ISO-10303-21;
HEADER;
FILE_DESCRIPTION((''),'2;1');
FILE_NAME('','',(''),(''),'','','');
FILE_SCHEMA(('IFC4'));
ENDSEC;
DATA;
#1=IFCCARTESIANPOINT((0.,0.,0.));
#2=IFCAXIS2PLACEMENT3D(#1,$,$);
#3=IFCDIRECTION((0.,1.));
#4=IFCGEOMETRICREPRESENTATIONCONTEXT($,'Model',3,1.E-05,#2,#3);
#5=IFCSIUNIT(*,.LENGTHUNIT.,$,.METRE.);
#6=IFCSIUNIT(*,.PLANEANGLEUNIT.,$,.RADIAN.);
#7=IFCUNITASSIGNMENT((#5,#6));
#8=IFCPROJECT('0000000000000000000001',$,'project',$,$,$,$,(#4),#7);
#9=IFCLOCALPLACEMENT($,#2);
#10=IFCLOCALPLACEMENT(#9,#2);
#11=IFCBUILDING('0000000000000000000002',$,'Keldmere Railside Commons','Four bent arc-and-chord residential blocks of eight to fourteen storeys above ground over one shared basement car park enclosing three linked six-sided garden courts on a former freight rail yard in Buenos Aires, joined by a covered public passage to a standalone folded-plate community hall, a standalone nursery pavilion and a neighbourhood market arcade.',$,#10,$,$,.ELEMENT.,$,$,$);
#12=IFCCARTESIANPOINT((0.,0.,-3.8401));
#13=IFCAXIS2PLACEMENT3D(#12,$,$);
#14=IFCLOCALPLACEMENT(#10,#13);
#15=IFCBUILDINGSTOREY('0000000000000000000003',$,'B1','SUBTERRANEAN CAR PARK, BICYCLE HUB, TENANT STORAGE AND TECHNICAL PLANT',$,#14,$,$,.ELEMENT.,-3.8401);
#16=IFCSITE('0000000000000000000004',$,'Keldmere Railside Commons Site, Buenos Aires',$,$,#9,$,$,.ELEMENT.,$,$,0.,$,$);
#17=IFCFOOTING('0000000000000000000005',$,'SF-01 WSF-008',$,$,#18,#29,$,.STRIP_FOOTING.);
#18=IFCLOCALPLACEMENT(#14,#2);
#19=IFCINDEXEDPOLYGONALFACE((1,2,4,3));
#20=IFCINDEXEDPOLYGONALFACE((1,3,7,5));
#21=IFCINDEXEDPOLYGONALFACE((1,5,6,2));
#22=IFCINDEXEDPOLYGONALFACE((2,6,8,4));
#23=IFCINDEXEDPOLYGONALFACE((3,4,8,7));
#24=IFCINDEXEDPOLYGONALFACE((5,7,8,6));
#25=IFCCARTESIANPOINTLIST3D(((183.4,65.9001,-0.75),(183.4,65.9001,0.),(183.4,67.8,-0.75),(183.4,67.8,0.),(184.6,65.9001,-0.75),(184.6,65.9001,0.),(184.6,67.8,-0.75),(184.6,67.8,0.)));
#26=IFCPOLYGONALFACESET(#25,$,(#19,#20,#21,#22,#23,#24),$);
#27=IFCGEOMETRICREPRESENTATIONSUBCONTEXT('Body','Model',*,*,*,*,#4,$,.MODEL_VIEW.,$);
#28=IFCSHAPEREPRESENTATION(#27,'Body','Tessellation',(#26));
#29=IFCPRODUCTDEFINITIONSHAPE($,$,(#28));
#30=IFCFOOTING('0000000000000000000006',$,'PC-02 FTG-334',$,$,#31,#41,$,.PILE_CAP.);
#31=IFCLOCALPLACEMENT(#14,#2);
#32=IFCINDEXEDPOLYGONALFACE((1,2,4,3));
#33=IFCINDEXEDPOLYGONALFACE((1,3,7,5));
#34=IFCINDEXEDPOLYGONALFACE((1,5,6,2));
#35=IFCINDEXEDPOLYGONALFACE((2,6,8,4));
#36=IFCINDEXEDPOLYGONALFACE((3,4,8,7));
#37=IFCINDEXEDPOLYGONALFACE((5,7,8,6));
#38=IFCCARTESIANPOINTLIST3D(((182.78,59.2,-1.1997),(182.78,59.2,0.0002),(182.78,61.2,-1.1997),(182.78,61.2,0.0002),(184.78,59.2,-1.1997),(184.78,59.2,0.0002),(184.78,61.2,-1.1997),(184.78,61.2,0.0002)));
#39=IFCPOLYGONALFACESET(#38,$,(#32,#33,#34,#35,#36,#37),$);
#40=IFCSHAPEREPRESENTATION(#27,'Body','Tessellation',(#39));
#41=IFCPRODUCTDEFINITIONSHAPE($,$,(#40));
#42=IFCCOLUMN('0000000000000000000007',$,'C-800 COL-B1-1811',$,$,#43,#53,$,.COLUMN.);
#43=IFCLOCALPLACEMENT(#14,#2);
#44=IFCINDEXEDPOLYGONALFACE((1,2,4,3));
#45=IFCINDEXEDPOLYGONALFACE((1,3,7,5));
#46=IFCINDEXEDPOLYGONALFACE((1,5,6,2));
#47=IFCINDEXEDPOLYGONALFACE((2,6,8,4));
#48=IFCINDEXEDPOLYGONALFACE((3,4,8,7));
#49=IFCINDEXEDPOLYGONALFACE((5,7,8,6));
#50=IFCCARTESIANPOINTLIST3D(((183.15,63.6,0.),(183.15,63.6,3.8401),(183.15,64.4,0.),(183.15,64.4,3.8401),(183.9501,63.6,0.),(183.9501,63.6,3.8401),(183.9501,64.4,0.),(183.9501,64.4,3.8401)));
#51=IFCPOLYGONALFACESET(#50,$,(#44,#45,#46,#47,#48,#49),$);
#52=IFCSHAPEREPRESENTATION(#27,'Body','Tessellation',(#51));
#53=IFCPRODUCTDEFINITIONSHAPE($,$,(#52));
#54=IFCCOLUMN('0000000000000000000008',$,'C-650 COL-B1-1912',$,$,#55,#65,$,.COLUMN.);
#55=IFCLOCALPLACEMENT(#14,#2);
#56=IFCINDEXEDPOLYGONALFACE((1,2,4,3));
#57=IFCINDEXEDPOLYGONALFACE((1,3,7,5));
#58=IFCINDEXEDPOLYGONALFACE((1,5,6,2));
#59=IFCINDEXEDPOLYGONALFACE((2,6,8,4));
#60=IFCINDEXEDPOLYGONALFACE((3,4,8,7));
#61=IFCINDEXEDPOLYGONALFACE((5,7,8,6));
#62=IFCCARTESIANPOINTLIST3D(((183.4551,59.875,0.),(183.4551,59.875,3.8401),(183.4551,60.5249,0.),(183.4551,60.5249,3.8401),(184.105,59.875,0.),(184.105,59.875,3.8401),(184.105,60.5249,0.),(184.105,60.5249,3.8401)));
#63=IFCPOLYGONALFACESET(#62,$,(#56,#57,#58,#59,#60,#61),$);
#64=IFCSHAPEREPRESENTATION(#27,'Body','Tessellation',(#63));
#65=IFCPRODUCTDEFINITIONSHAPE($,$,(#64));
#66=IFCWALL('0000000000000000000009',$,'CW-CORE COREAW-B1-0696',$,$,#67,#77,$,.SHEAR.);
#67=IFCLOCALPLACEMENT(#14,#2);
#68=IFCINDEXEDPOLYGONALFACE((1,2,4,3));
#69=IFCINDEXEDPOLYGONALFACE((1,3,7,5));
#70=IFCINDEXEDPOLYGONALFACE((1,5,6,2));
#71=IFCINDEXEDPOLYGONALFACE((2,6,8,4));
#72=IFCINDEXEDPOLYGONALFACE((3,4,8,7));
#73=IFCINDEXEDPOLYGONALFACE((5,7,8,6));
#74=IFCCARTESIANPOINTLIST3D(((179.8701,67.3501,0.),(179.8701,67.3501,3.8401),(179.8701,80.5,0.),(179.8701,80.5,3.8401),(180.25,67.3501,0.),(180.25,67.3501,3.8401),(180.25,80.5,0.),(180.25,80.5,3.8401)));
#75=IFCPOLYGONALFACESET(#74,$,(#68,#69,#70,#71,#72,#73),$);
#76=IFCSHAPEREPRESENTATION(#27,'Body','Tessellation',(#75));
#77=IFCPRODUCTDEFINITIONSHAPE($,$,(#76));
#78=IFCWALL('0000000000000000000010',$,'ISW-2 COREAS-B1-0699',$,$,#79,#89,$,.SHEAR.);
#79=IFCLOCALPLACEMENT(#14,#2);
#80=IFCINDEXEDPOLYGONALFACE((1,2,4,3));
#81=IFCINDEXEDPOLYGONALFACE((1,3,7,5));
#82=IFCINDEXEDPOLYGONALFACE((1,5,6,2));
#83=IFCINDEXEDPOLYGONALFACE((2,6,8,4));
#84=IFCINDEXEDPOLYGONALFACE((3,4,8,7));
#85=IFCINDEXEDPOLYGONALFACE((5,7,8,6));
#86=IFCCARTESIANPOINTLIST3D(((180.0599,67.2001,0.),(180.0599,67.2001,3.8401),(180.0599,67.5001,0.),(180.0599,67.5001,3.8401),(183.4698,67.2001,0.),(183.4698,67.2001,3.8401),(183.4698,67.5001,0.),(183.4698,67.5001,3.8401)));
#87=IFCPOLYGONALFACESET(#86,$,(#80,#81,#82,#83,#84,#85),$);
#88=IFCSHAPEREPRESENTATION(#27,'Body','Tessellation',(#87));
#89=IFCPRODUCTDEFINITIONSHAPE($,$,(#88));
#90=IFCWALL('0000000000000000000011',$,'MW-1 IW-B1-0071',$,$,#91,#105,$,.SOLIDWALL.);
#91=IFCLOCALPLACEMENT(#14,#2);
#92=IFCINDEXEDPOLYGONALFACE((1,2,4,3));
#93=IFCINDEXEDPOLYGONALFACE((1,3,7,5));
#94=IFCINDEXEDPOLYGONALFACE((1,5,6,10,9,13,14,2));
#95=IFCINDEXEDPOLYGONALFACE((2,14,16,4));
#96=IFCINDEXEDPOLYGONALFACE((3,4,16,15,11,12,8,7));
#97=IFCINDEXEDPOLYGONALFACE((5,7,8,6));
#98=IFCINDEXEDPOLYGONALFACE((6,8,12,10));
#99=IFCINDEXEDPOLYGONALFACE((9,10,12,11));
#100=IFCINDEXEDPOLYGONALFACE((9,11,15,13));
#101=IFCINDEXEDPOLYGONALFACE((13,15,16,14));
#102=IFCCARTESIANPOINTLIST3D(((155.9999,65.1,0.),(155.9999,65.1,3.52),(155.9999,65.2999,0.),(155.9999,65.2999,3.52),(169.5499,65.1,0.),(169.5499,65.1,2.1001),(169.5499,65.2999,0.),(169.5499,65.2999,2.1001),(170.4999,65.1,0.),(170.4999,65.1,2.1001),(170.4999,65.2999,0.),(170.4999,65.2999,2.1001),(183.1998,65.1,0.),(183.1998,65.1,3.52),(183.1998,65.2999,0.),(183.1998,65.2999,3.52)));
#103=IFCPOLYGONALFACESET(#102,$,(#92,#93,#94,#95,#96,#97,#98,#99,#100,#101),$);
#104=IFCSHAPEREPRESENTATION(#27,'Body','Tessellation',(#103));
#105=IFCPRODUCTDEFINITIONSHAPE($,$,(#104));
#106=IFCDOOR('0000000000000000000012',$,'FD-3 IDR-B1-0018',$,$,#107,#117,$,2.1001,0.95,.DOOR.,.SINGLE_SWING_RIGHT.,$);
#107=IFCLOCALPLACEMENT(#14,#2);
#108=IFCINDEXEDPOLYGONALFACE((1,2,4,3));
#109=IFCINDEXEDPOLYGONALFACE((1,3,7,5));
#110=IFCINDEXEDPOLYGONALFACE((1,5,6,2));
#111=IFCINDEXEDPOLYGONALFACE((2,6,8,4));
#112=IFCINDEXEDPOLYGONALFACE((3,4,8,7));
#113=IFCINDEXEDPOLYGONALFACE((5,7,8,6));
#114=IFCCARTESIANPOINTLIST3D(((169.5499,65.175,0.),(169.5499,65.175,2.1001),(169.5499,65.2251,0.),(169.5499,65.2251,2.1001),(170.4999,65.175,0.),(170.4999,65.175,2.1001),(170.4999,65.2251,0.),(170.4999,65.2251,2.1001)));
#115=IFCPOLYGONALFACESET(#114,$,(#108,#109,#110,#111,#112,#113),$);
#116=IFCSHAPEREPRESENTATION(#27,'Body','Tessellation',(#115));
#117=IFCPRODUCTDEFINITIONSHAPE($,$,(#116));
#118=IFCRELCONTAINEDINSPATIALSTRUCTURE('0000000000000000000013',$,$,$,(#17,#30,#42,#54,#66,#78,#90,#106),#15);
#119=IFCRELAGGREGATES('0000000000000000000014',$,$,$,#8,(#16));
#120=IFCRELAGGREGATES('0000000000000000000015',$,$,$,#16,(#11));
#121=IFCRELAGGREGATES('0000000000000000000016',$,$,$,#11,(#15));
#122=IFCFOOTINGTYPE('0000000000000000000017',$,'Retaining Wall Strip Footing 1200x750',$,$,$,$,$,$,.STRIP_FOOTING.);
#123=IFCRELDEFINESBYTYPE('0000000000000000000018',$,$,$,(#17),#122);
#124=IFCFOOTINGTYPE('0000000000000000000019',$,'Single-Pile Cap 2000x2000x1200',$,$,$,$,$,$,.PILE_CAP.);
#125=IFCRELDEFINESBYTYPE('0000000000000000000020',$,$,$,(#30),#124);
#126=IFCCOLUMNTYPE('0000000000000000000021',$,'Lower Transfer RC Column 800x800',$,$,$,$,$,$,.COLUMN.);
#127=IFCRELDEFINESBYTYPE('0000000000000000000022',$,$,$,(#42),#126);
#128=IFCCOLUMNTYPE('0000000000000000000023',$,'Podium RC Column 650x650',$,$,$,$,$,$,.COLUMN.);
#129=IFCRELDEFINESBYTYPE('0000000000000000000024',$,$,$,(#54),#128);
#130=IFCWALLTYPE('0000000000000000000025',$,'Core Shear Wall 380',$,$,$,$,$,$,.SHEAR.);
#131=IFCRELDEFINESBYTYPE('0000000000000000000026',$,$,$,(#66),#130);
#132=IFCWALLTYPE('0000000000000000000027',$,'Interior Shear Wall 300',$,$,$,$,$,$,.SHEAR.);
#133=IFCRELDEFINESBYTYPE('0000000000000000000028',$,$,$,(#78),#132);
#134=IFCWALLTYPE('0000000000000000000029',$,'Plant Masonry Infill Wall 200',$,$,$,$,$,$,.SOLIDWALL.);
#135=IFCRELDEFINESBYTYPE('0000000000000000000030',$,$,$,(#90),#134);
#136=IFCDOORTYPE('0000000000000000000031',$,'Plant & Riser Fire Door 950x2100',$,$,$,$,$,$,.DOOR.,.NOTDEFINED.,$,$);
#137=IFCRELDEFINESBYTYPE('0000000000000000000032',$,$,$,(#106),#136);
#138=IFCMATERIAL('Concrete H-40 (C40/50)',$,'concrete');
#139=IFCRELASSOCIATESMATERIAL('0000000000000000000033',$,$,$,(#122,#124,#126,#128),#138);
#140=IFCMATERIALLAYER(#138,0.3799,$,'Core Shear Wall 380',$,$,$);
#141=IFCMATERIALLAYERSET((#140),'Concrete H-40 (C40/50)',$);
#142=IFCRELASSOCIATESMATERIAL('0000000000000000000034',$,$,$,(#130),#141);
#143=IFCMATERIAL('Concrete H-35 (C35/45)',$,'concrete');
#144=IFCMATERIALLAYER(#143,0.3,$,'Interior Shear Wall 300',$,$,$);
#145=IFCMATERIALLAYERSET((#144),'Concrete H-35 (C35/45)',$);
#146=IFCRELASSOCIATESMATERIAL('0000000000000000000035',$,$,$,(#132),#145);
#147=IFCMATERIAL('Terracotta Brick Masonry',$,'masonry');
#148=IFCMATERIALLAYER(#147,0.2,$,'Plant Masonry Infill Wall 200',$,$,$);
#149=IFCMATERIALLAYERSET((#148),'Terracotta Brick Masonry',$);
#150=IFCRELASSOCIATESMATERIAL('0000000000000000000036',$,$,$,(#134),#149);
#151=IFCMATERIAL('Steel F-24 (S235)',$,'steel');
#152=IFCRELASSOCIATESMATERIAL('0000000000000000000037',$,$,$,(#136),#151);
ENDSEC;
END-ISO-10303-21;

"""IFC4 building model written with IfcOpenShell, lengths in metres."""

from ifc_helpers import new_model, si_unit, direction, frame, frame_2d, origin, origin_2d, place, context, subcontext, project, spatial, rectangle, extrude, material, layer, layer_set, material_profile, profile_set, type_object, element, fill, save


model = new_model("IFC4")

# Units and contexts
model_context = context("Model", 3, precision=1e-05, world=origin(), true_north=direction((0.0, 1.0)))
body_context = subcontext(model_context, "Body", "Model", "MODEL_VIEW")
ifc_project = project(units=[si_unit("LENGTHUNIT", "METRE"), si_unit("PLANEANGLEUNIT", "RADIAN")], contexts=[model_context])

# Site, building, storey
site_placement = place(None, origin())
site = spatial("IfcSite", under=ifc_project, at=site_placement, Name="Keldmere Railside Commons Site, Buenos Aires", CompositionType="ELEMENT", RefElevation=0.0)
building_placement = place(site_placement, origin())
building = spatial("IfcBuilding", under=site, at=building_placement, Name="Keldmere Railside Commons", Description="Four bent arc-and-chord residential blocks of eight to fourteen storeys above ground over one shared basement car park enclosing three linked six-sided garden courts on a former freight rail yard in Buenos Aires, joined by a covered public passage to a standalone folded-plate community hall, a standalone nursery pavilion and a neighbourhood market arcade.", CompositionType="ELEMENT")
storey_placement = place(building_placement, frame((0.0, 0.0, -3.8401)))
storey = spatial("IfcBuildingStorey", under=building, at=storey_placement, Name="B1", Description="SUBTERRANEAN CAR PARK, BICYCLE HUB, TENANT STORAGE AND TECHNICAL PLANT", CompositionType="ELEMENT", Elevation=-3.8401)

# Footings
ifc_material_1 = material(Name="Concrete H-40 (C40/50)", Category="concrete")
footing_type_1 = type_object("IfcFootingType", Name="Retaining Wall Strip Footing 1200x750", PredefinedType="STRIP_FOOTING", material=ifc_material_1)
footing_1_placement = place(storey_placement, frame((184.0, 66.8501, -0.75), z_axis=(0.0, 0.0, 1.0), x_axis=(0.0, 1.0, 0.0)))
element("IfcFooting", 1, at=footing_1_placement, inside=storey, type_object=footing_type_1, Name="SF-01 WSF-008", PredefinedType="STRIP_FOOTING", context=body_context, shape_type="SweptSolid", body=[
    extrude(rectangle(XDim=1.8999, YDim=1.2, at=origin_2d()), origin(), (0.0, 0.0, 1.0), 0.75),
])
footing_type_2 = type_object("IfcFootingType", Name="Single-Pile Cap 2000x2000x1200", PredefinedType="PILE_CAP", material=ifc_material_1)
footing_2_placement = place(storey_placement, frame((183.78, 60.2, -1.1997), z_axis=(0.0, 0.0, 1.0), x_axis=(1.0, 0.0, 0.0)))
element("IfcFooting", 2, at=footing_2_placement, inside=storey, type_object=footing_type_2, Name="PC-02 FTG-334", PredefinedType="PILE_CAP", context=body_context, shape_type="SweptSolid", body=[
    extrude(rectangle(XDim=2.0, YDim=2.0, at=origin_2d()), origin(), (0.0, 0.0, 1.0), 1.2),
])

# Columns
ifc_material_profile_1 = material_profile(ifc_material_1, rectangle(XDim=0.8, YDim=0.8, at=origin_2d()), Name="RC-800x800")
ifc_profile_set_1 = profile_set([ifc_material_profile_1], Name="Concrete H-40 (C40/50)")
column_type_1 = type_object("IfcColumnType", Name="Lower Transfer RC Column 800x800", PredefinedType="COLUMN", material=ifc_profile_set_1)
column_1_placement = place(storey_placement, frame((183.55, 64.0, 0.0), z_axis=(0.0, 0.0, 1.0), x_axis=(1.0, 0.0, 0.0)))
element("IfcColumn", 3, at=column_1_placement, inside=storey, type_object=column_type_1, Name="C-800 COL-B1-1811", PredefinedType="COLUMN", context=body_context, shape_type="SweptSolid", body=[
    extrude(rectangle(XDim=0.8, YDim=0.8, at=origin_2d()), origin(), (0.0, 0.0, 1.0), 3.8401),
])
ifc_material_profile_2 = material_profile(ifc_material_1, rectangle(XDim=0.6499, YDim=0.6499, at=origin_2d()), Name="RC-650x650")
ifc_profile_set_2 = profile_set([ifc_material_profile_2], Name="Concrete H-40 (C40/50)")
column_type_2 = type_object("IfcColumnType", Name="Podium RC Column 650x650", PredefinedType="COLUMN", material=ifc_profile_set_2)
column_2_placement = place(storey_placement, frame((183.78, 60.2, 0.0), z_axis=(0.0, 0.0, 1.0), x_axis=(1.0, 0.0, 0.0)))
element("IfcColumn", 4, at=column_2_placement, inside=storey, type_object=column_type_2, Name="C-650 COL-B1-1912", PredefinedType="COLUMN", context=body_context, shape_type="SweptSolid", body=[
    extrude(rectangle(XDim=0.6499, YDim=0.6499, at=origin_2d()), origin(), (0.0, 0.0, 1.0), 3.8401),
])

# Walls
ifc_layer_1 = layer(ifc_material_1, 0.3799, Name="Core Shear Wall 380")
ifc_layer_set_1 = layer_set([ifc_layer_1], Name="Concrete H-40 (C40/50)")
wall_type_1 = type_object("IfcWallType", Name="Core Shear Wall 380", PredefinedType="SHEAR", material=ifc_layer_set_1)
wall_1_placement = place(storey_placement, frame((180.0601, 67.3501, 0.0), z_axis=(0.0, 0.0, 1.0), x_axis=(0.0, 1.0, 0.0)))
element("IfcWall", 5, at=wall_1_placement, inside=storey, type_object=wall_type_1, Name="CW-CORE COREAW-B1-0696", PredefinedType="SHEAR", context=body_context, shape_type="SweptSolid", body=[
    extrude(rectangle(XDim=13.1499, YDim=0.3799, at=frame_2d((6.575, 0.0))), origin(), (0.0, 0.0, 1.0), 3.8401),
])
ifc_material_2 = material(Name="Concrete H-35 (C35/45)", Category="concrete")
ifc_layer_2 = layer(ifc_material_2, 0.3, Name="Interior Shear Wall 300")
ifc_layer_set_2 = layer_set([ifc_layer_2], Name="Concrete H-35 (C35/45)")
wall_type_2 = type_object("IfcWallType", Name="Interior Shear Wall 300", PredefinedType="SHEAR", material=ifc_layer_set_2)
wall_2_placement = place(storey_placement, frame((183.47, 67.3501, 0.0), z_axis=(0.0, 0.0, 1.0), x_axis=(-1.0, 0.0, 0.0)))
element("IfcWall", 6, at=wall_2_placement, inside=storey, type_object=wall_type_2, Name="ISW-2 COREAS-B1-0699", PredefinedType="SHEAR", context=body_context, shape_type="SweptSolid", body=[
    extrude(rectangle(XDim=3.4099, YDim=0.3, at=frame_2d((1.7051, 0.0))), origin(), (0.0, 0.0, 1.0), 3.8401),
])

# Wall, opening, door
ifc_material_3 = material(Name="Terracotta Brick Masonry", Category="masonry")
ifc_layer_3 = layer(ifc_material_3, 0.2, Name="Plant Masonry Infill Wall 200")
ifc_layer_set_3 = layer_set([ifc_layer_3], Name="Terracotta Brick Masonry")
wall_type_3 = type_object("IfcWallType", Name="Plant Masonry Infill Wall 200", PredefinedType="SOLIDWALL", material=ifc_layer_set_3)
wall_3_placement = place(storey_placement, frame((183.2, 65.2, 0.0), z_axis=(0.0, 0.0, 1.0), x_axis=(-1.0, 0.0, 0.0)))
wall_3 = element("IfcWall", 7, at=wall_3_placement, inside=storey, type_object=wall_type_3, Name="MW-1 IW-B1-0071", PredefinedType="SOLIDWALL", context=body_context, shape_type="SweptSolid", body=[
    extrude(rectangle(XDim=27.2, YDim=0.2, at=frame_2d((13.6001, 0.0))), origin(), (0.0, 0.0, 1.0), 3.52),
])
opening_placement = place(wall_3_placement, frame((12.7, 0.0, 0.0)))
opening = element("IfcOpeningElement", 8, at=opening_placement, cuts=wall_3, PredefinedType="OPENING", context=body_context, shape_type="SweptSolid", body=[
    extrude(rectangle(XDim=0.95, YDim=2.1001, at=frame_2d((0.4751, 1.05))), frame((0.0, 0.1099, 0.0), z_axis=(0.0, -1.0, 0.0), x_axis=(1.0, 0.0, 0.0)), (0.0, 0.0, 1.0), 0.22),
])
ifc_material_4 = material(Name="Steel F-24 (S235)", Category="steel")
door_type = type_object("IfcDoorType", Name="Plant & Riser Fire Door 950x2100", OperationType="NOTDEFINED", PredefinedType="DOOR", material=ifc_material_4)
door_placement = place(opening_placement, origin())
door = element("IfcDoor", 9, at=door_placement, inside=storey, type_object=door_type, Name="FD-3 IDR-B1-0018", OperationType="SINGLE_SWING_RIGHT", OverallHeight=2.1001, OverallWidth=0.95, PredefinedType="DOOR", context=body_context, shape_type="SweptSolid", body=[
    extrude(rectangle(XDim=0.95, YDim=2.1001, at=frame_2d((0.4751, 1.05))), frame((0.0, 0.0249, 0.0), z_axis=(0.0, -1.0, 0.0), x_axis=(1.0, 0.0, 0.0)), (0.0, 0.0, 1.0), 0.05),
])
fill(opening, door)

save(model, "model.ifc")
